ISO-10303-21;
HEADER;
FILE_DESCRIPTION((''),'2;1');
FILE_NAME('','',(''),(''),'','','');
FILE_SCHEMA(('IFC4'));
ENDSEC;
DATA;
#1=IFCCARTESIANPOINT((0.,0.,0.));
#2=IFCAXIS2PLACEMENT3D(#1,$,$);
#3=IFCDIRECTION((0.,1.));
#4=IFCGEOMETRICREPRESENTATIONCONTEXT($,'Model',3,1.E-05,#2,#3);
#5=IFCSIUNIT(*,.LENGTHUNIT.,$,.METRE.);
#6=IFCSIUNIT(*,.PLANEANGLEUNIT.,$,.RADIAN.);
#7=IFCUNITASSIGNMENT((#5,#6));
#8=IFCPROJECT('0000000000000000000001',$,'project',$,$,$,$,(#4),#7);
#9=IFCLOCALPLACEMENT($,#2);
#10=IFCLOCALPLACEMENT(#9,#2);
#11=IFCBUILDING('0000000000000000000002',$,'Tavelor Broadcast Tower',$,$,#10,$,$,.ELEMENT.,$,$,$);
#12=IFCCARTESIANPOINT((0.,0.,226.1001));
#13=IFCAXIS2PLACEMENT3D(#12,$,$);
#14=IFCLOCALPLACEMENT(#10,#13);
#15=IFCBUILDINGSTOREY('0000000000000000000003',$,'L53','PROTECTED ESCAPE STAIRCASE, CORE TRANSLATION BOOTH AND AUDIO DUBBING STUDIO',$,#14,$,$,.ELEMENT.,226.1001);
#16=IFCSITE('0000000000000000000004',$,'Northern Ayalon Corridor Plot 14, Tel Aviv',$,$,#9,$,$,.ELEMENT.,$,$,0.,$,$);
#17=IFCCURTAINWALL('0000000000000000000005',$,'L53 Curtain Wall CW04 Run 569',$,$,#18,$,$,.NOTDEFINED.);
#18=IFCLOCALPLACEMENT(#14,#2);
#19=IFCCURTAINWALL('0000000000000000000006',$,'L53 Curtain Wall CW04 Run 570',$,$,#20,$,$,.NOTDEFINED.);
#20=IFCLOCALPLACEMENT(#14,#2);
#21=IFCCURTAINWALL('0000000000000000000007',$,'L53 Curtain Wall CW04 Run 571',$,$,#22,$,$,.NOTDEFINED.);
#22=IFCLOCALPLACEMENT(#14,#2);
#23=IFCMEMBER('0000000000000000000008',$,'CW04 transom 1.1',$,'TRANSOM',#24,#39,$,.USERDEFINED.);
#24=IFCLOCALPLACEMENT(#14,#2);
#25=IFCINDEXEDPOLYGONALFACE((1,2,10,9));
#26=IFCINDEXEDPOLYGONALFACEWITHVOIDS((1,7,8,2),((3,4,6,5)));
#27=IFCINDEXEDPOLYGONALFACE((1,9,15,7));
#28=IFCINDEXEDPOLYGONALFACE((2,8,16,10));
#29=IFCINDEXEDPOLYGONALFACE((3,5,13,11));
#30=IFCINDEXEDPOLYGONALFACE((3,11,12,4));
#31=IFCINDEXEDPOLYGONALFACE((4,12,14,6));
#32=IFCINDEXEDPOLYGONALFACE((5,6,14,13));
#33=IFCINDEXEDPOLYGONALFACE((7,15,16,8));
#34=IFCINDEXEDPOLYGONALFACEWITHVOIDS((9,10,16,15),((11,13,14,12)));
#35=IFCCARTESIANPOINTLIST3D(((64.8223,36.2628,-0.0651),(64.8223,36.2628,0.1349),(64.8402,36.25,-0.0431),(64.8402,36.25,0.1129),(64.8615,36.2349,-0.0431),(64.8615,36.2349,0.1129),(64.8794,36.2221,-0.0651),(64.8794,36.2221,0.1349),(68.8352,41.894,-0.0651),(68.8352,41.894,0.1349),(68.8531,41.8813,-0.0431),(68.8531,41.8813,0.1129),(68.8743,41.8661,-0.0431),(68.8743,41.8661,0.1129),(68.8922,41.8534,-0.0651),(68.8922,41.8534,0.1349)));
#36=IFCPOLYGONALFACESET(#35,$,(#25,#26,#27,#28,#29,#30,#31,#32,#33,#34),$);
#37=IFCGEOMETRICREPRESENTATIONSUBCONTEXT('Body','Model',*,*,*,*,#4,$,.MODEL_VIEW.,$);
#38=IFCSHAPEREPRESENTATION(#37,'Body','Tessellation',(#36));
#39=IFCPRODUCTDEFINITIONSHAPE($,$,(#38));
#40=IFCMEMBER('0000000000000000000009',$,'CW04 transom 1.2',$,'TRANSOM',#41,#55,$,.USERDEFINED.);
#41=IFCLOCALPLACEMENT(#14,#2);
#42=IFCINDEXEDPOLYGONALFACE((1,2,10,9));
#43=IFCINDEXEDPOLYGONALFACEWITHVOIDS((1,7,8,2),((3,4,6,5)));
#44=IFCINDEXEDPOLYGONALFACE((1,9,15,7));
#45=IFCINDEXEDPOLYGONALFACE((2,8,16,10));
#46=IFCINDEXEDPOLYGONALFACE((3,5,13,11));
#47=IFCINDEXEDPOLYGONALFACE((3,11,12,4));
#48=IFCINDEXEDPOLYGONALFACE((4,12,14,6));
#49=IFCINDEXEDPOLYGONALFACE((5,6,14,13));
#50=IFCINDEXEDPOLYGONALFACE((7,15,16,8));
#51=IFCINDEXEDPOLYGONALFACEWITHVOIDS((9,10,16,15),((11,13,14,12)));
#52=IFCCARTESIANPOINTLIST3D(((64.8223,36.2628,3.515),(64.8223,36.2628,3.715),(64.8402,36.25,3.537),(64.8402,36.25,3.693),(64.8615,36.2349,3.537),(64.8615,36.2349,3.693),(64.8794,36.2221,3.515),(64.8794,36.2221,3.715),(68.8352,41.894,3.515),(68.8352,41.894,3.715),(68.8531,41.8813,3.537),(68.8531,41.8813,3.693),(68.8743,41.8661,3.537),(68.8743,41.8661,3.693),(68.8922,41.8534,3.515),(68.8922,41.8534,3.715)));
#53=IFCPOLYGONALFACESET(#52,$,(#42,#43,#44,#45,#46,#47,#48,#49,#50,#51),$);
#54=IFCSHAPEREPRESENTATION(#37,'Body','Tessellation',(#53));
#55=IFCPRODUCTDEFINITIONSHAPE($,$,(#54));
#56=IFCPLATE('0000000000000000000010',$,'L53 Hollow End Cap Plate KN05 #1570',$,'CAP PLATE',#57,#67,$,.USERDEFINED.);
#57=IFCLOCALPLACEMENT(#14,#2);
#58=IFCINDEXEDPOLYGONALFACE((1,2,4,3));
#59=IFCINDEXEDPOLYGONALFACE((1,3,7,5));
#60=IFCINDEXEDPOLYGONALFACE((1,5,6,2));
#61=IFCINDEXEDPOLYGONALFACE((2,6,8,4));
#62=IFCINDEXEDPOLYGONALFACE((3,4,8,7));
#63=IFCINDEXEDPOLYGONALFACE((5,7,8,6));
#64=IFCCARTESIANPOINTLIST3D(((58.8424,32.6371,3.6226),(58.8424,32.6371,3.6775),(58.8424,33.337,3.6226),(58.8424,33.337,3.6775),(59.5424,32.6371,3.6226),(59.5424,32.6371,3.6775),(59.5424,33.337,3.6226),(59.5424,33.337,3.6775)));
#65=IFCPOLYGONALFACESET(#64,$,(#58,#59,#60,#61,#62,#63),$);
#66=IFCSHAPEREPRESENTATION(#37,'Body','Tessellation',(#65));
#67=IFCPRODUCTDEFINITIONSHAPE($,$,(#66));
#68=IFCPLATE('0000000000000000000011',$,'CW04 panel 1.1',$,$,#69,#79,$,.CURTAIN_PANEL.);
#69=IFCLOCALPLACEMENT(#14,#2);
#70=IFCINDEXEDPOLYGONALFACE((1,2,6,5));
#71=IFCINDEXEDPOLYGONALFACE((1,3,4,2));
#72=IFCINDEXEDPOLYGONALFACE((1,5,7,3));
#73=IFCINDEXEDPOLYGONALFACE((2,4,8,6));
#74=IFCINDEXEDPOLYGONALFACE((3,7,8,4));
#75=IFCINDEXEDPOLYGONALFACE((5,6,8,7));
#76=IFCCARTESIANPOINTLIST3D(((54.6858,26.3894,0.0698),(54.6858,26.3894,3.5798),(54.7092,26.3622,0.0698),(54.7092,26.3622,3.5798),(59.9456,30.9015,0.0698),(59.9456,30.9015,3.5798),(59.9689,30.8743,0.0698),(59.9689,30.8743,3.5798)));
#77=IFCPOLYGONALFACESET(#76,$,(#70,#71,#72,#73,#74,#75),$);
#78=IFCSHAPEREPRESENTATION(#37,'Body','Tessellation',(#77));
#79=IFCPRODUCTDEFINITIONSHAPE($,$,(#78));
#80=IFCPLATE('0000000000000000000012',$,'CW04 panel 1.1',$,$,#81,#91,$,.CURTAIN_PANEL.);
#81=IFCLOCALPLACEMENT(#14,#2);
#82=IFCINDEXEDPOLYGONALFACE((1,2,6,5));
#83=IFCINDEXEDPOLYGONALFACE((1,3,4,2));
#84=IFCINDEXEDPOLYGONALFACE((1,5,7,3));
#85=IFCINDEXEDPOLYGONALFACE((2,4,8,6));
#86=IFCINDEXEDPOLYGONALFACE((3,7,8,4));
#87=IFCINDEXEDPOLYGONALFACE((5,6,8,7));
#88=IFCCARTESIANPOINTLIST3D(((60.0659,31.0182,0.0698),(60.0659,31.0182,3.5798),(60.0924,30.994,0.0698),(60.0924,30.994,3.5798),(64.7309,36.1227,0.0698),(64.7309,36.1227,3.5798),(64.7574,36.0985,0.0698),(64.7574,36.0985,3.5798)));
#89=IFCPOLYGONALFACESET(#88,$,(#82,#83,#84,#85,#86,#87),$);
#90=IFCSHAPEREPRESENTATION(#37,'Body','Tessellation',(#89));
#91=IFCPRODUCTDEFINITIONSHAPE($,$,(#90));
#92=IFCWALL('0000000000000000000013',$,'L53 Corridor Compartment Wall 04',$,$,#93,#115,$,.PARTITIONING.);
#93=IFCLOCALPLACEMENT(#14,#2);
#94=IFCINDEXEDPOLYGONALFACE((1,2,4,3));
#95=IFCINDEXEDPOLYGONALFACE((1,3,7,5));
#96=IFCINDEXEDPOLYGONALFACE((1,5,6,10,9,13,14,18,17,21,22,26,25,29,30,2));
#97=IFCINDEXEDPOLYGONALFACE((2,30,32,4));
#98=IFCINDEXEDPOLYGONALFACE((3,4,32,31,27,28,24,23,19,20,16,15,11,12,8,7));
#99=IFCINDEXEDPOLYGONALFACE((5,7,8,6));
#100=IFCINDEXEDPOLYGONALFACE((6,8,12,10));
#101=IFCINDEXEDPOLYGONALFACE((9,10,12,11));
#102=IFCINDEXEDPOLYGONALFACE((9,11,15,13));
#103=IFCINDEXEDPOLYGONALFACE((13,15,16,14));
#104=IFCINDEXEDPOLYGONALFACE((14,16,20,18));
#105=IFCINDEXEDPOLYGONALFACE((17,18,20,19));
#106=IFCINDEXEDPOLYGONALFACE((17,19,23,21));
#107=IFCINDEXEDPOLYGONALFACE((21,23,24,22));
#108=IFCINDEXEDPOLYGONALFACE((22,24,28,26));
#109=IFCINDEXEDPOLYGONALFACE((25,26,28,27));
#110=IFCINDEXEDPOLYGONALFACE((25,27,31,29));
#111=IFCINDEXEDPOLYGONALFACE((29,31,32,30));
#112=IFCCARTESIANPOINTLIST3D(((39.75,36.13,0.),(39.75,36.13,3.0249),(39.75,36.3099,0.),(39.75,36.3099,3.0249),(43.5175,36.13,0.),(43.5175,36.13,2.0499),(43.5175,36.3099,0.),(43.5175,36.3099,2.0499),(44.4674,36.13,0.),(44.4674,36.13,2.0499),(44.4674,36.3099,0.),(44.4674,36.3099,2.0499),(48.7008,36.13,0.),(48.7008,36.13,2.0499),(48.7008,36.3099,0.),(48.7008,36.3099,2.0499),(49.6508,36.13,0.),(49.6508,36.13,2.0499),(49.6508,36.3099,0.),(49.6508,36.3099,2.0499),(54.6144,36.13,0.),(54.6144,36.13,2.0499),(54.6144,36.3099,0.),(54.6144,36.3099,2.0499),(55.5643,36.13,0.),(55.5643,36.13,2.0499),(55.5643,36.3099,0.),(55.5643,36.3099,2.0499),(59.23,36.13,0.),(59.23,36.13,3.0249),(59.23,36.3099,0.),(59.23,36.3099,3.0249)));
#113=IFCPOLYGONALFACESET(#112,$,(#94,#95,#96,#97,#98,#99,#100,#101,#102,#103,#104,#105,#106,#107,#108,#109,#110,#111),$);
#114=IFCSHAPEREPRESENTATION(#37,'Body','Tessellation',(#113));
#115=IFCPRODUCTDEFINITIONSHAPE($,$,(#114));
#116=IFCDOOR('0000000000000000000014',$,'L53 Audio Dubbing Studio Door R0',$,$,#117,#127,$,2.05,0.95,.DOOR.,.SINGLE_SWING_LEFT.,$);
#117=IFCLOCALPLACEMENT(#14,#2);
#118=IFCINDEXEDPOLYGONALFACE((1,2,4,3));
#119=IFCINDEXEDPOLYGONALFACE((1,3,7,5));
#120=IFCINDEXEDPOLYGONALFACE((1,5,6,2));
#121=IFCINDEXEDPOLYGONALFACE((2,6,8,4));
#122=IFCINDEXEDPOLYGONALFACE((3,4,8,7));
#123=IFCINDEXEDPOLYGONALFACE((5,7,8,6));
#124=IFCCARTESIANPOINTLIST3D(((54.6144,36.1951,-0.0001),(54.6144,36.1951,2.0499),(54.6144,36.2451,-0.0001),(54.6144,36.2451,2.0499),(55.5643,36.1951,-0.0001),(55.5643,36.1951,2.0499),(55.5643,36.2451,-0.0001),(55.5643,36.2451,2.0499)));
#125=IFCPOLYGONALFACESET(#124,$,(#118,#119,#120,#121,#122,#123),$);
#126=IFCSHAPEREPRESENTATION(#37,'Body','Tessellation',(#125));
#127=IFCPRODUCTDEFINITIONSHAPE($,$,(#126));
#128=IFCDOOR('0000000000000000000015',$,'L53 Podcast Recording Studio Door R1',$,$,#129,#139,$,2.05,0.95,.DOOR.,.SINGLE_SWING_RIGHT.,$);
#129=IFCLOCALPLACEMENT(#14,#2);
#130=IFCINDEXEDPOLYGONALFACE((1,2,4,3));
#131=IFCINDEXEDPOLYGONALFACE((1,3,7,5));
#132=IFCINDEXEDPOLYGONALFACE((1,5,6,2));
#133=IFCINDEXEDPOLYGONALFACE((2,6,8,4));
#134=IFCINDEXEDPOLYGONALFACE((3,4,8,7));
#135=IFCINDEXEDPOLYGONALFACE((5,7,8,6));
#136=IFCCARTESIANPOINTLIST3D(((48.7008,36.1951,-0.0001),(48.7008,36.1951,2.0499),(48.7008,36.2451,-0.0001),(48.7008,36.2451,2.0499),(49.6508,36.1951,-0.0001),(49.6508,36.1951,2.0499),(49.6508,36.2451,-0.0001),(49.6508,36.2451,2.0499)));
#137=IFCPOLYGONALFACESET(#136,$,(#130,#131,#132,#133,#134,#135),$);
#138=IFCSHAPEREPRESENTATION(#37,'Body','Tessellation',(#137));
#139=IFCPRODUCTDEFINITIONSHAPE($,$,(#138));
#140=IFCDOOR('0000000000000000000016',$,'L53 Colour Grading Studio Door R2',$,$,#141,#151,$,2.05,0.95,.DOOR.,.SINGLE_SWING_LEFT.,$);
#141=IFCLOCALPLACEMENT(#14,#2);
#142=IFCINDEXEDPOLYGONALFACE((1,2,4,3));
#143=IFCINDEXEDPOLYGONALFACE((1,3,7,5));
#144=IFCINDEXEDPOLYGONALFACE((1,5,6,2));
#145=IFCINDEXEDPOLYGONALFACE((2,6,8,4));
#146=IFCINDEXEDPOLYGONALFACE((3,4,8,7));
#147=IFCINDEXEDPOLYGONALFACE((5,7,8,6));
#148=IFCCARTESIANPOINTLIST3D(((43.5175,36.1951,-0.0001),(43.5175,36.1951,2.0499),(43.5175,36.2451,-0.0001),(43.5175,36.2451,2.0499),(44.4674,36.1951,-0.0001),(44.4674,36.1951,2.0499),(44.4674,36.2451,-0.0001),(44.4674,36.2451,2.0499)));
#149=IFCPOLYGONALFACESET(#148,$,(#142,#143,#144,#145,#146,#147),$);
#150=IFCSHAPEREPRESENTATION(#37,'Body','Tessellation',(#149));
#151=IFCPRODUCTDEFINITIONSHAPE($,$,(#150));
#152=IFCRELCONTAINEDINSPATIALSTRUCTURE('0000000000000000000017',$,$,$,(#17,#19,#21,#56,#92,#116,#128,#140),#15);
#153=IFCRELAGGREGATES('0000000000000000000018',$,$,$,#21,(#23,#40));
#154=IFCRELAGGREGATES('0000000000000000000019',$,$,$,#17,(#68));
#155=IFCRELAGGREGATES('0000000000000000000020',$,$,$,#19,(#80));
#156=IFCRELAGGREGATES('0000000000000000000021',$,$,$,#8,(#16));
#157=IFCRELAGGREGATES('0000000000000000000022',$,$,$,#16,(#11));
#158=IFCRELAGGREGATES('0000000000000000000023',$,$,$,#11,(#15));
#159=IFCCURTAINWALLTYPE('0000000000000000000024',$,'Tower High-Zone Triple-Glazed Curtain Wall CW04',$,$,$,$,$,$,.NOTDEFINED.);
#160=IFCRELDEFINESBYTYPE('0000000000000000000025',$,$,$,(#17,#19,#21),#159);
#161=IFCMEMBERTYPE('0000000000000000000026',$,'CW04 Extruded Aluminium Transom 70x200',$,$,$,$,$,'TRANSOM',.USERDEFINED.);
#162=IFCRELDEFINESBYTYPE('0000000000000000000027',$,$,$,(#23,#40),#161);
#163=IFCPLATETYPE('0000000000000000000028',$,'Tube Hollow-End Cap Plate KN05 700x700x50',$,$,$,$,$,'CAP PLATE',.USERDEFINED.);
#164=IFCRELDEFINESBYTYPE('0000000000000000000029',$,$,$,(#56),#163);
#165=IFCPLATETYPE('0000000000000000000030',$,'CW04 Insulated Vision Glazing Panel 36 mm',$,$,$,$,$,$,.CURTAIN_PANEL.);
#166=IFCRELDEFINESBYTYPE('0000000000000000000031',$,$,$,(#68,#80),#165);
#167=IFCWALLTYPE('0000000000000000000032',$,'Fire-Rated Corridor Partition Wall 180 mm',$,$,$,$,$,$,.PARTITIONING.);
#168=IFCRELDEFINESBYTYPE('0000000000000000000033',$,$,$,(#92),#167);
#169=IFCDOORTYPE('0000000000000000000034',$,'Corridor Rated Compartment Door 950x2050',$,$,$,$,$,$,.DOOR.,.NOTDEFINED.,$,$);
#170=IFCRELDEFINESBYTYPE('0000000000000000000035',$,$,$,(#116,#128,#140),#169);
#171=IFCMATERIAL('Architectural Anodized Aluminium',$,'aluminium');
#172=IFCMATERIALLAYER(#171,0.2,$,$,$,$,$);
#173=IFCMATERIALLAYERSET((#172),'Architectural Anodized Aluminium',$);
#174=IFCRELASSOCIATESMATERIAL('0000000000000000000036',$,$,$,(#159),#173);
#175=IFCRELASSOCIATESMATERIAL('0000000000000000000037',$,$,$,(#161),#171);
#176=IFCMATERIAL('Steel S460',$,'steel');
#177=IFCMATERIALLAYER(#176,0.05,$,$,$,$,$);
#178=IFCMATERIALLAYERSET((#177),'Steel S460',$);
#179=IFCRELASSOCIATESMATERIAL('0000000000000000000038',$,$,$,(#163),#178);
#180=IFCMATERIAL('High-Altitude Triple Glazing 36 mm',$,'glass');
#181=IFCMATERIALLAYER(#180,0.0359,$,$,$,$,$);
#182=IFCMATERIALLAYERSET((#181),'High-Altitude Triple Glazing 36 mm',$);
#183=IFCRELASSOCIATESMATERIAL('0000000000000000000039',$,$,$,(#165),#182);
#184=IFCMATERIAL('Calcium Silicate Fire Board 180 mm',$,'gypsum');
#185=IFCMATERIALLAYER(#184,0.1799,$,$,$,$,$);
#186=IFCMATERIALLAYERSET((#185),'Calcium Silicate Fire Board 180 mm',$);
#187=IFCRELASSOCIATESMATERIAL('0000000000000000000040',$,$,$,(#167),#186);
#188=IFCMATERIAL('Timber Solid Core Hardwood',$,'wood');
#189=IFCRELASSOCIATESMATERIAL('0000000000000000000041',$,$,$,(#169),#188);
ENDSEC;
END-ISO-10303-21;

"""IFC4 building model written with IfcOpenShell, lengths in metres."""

from ifc_helpers import new_model, si_unit, direction, frame, frame_2d, origin, origin_2d, place, context, subcontext, project, spatial, rectangle, hollow_rectangle, extrude, source, transform, mapped, material, layer, layer_set, material_profile, profile_set, type_object, type_shapes, element, fill, aggregate, save


model = new_model("IFC4")

# Units and contexts
model_context = context("Model", 3, precision=1e-05, world=origin(), true_north=direction((0.0, 1.0)))
body_context = subcontext(model_context, "Body", "Model", "MODEL_VIEW")
ifc_project = project(units=[si_unit("LENGTHUNIT", "METRE"), si_unit("PLANEANGLEUNIT", "RADIAN")], contexts=[model_context])

# Site, building, storey
site_placement = place(None, origin())
site = spatial("IfcSite", under=ifc_project, at=site_placement, Name="Northern Ayalon Corridor Plot 14, Tel Aviv", CompositionType="ELEMENT", RefElevation=0.0)
building_placement = place(site_placement, origin())
building = spatial("IfcBuilding", under=site, at=building_placement, Name="Tavelor Broadcast Tower", CompositionType="ELEMENT")
storey_placement = place(building_placement, frame((0.0, 0.0, 226.1001)))
storey = spatial("IfcBuildingStorey", under=building, at=storey_placement, Name="L53", Description="PROTECTED ESCAPE STAIRCASE, CORE TRANSLATION BOOTH AND AUDIO DUBBING STUDIO", CompositionType="ELEMENT", Elevation=226.1001)

# Shared definitions
ifc_material_1 = material(Name="Steel S460", Category="steel")

# Curtain wall
ifc_material_2 = material(Name="Architectural Anodized Aluminium", Category="aluminium")
ifc_layer_1 = layer(ifc_material_2, 0.2)
ifc_layer_set_1 = layer_set([ifc_layer_1], Name="Architectural Anodized Aluminium")
curtain_wall_type = type_object("IfcCurtainWallType", Name="Tower High-Zone Triple-Glazed Curtain Wall CW04", PredefinedType="NOTDEFINED", material=ifc_layer_set_1)
curtain_wall_1_placement = place(storey_placement, origin())
curtain_wall_1 = element("IfcCurtainWall", 1, at=curtain_wall_1_placement, inside=storey, type_object=curtain_wall_type, Name="L53 Curtain Wall CW04 Run 569", PredefinedType="NOTDEFINED")

# Curtain wall
curtain_wall_2_placement = place(storey_placement, origin())
curtain_wall_2 = element("IfcCurtainWall", 2, at=curtain_wall_2_placement, inside=storey, type_object=curtain_wall_type, Name="L53 Curtain Wall CW04 Run 570", PredefinedType="NOTDEFINED")

# Curtain wall
curtain_wall_3_placement = place(storey_placement, origin())
curtain_wall_3 = element("IfcCurtainWall", 3, at=curtain_wall_3_placement, inside=storey, type_object=curtain_wall_type, Name="L53 Curtain Wall CW04 Run 571", PredefinedType="NOTDEFINED")

# Members
ifc_material_profile_1 = material_profile(ifc_material_2, hollow_rectangle(XDim=0.0701, YDim=0.2, WallThickness=0.022, at=origin_2d()), Name="RHS 70x200x22")
ifc_profile_set_1 = profile_set([ifc_material_profile_1], Name="Architectural Anodized Aluminium")
member_type_1 = type_object("IfcMemberType", Name="CW04 Extruded Aluminium Transom 70x200", ElementType="TRANSOM", PredefinedType="USERDEFINED", material=ifc_profile_set_1)
shared_shape_1 = source(origin(), body_context, "Body", "SweptSolid", [
    extrude(hollow_rectangle(XDim=0.0701, YDim=0.2, WallThickness=0.022, at=origin_2d()), origin(), (0.0, 0.0, 1.0), 6.9148),
])
type_shapes(member_type_1, [shared_shape_1])
member_1_placement = place(storey_placement, frame((64.8508, 36.2424, 0.0349), z_axis=(0.580333, 0.814379, 0.0), x_axis=(-0.814379, 0.580333, 0.0)))
member_1 = element("IfcMember", 4, at=member_1_placement, type_object=member_type_1, Name="CW04 transom 1.1", ObjectType="TRANSOM", PredefinedType="USERDEFINED", context=body_context, shape_type="MappedRepresentation", body=[
    mapped(shared_shape_1, transform((0.0, 0.0, 0.0), scale=1.0)),
])
member_2_placement = place(storey_placement, frame((64.8508, 36.2424, 3.615), z_axis=(0.580333, 0.814379, 0.0), x_axis=(-0.814379, 0.580333, 0.0)))
member_2 = element("IfcMember", 5, at=member_2_placement, type_object=member_type_1, Name="CW04 transom 1.2", ObjectType="TRANSOM", PredefinedType="USERDEFINED", context=body_context, shape_type="MappedRepresentation", body=[
    mapped(shared_shape_1, transform((0.0, 0.0, 0.0), scale=1.0)),
])
aggregate(curtain_wall_3, [member_1, member_2])

# Plates
ifc_layer_2 = layer(ifc_material_1, 0.05)
ifc_layer_set_2 = layer_set([ifc_layer_2], Name="Steel S460")
plate_type_1 = type_object("IfcPlateType", Name="Tube Hollow-End Cap Plate KN05 700x700x50", ElementType="CAP PLATE", PredefinedType="USERDEFINED", material=ifc_layer_set_2)
shared_shape_2 = source(origin(), body_context, "Body", "SweptSolid", [
    extrude(rectangle(XDim=0.7, YDim=0.7, at=origin_2d()), origin(), (0.0, 0.0, 1.0), 0.0549),
])
type_shapes(plate_type_1, [shared_shape_2])
plate_1_placement = place(storey_placement, frame((59.1924, 32.9871, 3.6226), z_axis=(0.0, 0.0, 1.0), x_axis=(1.0, 0.0, 0.0)))
element("IfcPlate", 6, at=plate_1_placement, inside=storey, type_object=plate_type_1, Name="L53 Hollow End Cap Plate KN05 #1570", ObjectType="CAP PLATE", PredefinedType="USERDEFINED", context=body_context, shape_type="MappedRepresentation", body=[
    mapped(shared_shape_2, transform((0.0, 0.0, 0.0), scale=1.0)),
])
ifc_material_3 = material(Name="High-Altitude Triple Glazing 36 mm", Category="glass")
ifc_layer_3 = layer(ifc_material_3, 0.0359)
ifc_layer_set_3 = layer_set([ifc_layer_3], Name="High-Altitude Triple Glazing 36 mm")
plate_type_2 = type_object("IfcPlateType", Name="CW04 Insulated Vision Glazing Panel 36 mm", PredefinedType="CURTAIN_PANEL", material=ifc_layer_set_3)
shared_shape_3 = source(origin(), body_context, "Body", "SweptSolid", [
    extrude(rectangle(XDim=6.9299, YDim=0.0359, at=origin_2d()), origin(), (0.0, 0.0, 1.0), 3.51),
])
plate_2_placement = place(storey_placement, frame((57.3274, 28.6318, 0.0698), z_axis=(0.0, 0.0, 1.0), x_axis=(0.758986, 0.651107, 0.0)))
plate_2 = element("IfcPlate", 7, at=plate_2_placement, type_object=plate_type_2, Name="CW04 panel 1.1", PredefinedType="CURTAIN_PANEL", context=body_context, shape_type="MappedRepresentation", body=[
    mapped(shared_shape_3, transform((0.0, 0.0, 0.0), scale=1.0)),
])
aggregate(curtain_wall_1, [plate_2])
shared_shape_4 = source(origin(), body_context, "Body", "SweptSolid", [
    extrude(rectangle(XDim=6.915, YDim=0.0359, at=origin_2d()), origin(), (0.0, 0.0, 1.0), 3.51),
])
type_shapes(plate_type_2, [shared_shape_3, shared_shape_4])
plate_3_placement = place(storey_placement, frame((62.4116, 33.5583, 0.0698), z_axis=(0.0, 0.0, 1.0), x_axis=(0.674621, 0.738165, 0.0)))
plate_3 = element("IfcPlate", 8, at=plate_3_placement, type_object=plate_type_2, Name="CW04 panel 1.1", PredefinedType="CURTAIN_PANEL", context=body_context, shape_type="MappedRepresentation", body=[
    mapped(shared_shape_4, transform((0.0, 0.0, 0.0), scale=1.0)),
])
aggregate(curtain_wall_2, [plate_3])

# Wall, openings, doors
ifc_material_4 = material(Name="Calcium Silicate Fire Board 180 mm", Category="gypsum")
ifc_layer_4 = layer(ifc_material_4, 0.1799)
ifc_layer_set_4 = layer_set([ifc_layer_4], Name="Calcium Silicate Fire Board 180 mm")
wall_type_1 = type_object("IfcWallType", Name="Fire-Rated Corridor Partition Wall 180 mm", PredefinedType="PARTITIONING", material=ifc_layer_set_4)
wall_1_placement = place(storey_placement, frame((59.23, 36.22, 0.0), z_axis=(0.0, 0.0, 1.0), x_axis=(-1.0, 0.0, 0.0)))
wall_1 = element("IfcWall", 9, at=wall_1_placement, inside=storey, type_object=wall_type_1, Name="L53 Corridor Compartment Wall 04", PredefinedType="PARTITIONING", context=body_context, shape_type="SweptSolid", body=[
    extrude(rectangle(XDim=19.48, YDim=0.1799, at=frame_2d((9.74, 0.0))), origin(), (0.0, 0.0, 1.0), 3.0249),
])
opening_1_placement = place(wall_1_placement, frame((3.6655, 0.0, 0.0)))
opening_1 = element("IfcOpeningElement", 10, at=opening_1_placement, cuts=wall_1, PredefinedType="OPENING", context=body_context, shape_type="SweptSolid", body=[
    extrude(rectangle(XDim=0.95, YDim=2.05, at=frame_2d((0.4751, 1.0249))), frame((0.0, 0.1001, 0.0), z_axis=(0.0, -1.0, 0.0), x_axis=(1.0, 0.0, 0.0)), (0.0, 0.0, 1.0), 0.2),
])
opening_2_placement = place(wall_1_placement, frame((9.5791, 0.0, 0.0)))
opening_2 = element("IfcOpeningElement", 11, at=opening_2_placement, cuts=wall_1, PredefinedType="OPENING", context=body_context, shape_type="SweptSolid", body=[
    extrude(rectangle(XDim=0.95, YDim=2.05, at=frame_2d((0.4751, 1.0249))), frame((0.0, 0.1001, 0.0), z_axis=(0.0, -1.0, 0.0), x_axis=(1.0, 0.0, 0.0)), (0.0, 0.0, 1.0), 0.2),
])
opening_3_placement = place(wall_1_placement, frame((14.7625, 0.0, 0.0)))
opening_3 = element("IfcOpeningElement", 12, at=opening_3_placement, cuts=wall_1, PredefinedType="OPENING", context=body_context, shape_type="SweptSolid", body=[
    extrude(rectangle(XDim=0.95, YDim=2.05, at=frame_2d((0.4751, 1.0249))), frame((0.0, 0.1001, 0.0), z_axis=(0.0, -1.0, 0.0), x_axis=(1.0, 0.0, 0.0)), (0.0, 0.0, 1.0), 0.2),
])
ifc_material_5 = material(Name="Timber Solid Core Hardwood", Category="wood")
door_type = type_object("IfcDoorType", Name="Corridor Rated Compartment Door 950x2050", OperationType="NOTDEFINED", PredefinedType="DOOR", material=ifc_material_5)
door_1_placement = place(opening_1_placement, origin())
door_1 = element("IfcDoor", 13, at=door_1_placement, inside=storey, type_object=door_type, Name="L53 Audio Dubbing Studio Door R0", OperationType="SINGLE_SWING_LEFT", OverallHeight=2.05, OverallWidth=0.95, PredefinedType="DOOR", context=body_context, shape_type="SweptSolid", body=[
    extrude(rectangle(XDim=0.95, YDim=2.05, at=frame_2d((0.4751, 1.0249))), frame((0.0, 0.0249, 0.0), z_axis=(0.0, -1.0, 0.0), x_axis=(1.0, 0.0, 0.0)), (0.0, 0.0, 1.0), 0.05),
])
fill(opening_1, door_1)
door_2_placement = place(opening_2_placement, origin())
door_2 = element("IfcDoor", 14, at=door_2_placement, inside=storey, type_object=door_type, Name="L53 Podcast Recording Studio Door R1", OperationType="SINGLE_SWING_RIGHT", OverallHeight=2.05, OverallWidth=0.95, PredefinedType="DOOR", context=body_context, shape_type="SweptSolid", body=[
    extrude(rectangle(XDim=0.95, YDim=2.05, at=frame_2d((0.4751, 1.0249))), frame((0.0, 0.0249, 0.0), z_axis=(0.0, -1.0, 0.0), x_axis=(1.0, 0.0, 0.0)), (0.0, 0.0, 1.0), 0.05),
])
fill(opening_2, door_2)
door_3_placement = place(opening_3_placement, origin())
door_3 = element("IfcDoor", 15, at=door_3_placement, inside=storey, type_object=door_type, Name="L53 Colour Grading Studio Door R2", OperationType="SINGLE_SWING_LEFT", OverallHeight=2.05, OverallWidth=0.95, PredefinedType="DOOR", context=body_context, shape_type="SweptSolid", body=[
    extrude(rectangle(XDim=0.95, YDim=2.05, at=frame_2d((0.4751, 1.0249))), frame((0.0, 0.0249, 0.0), z_axis=(0.0, -1.0, 0.0), x_axis=(1.0, 0.0, 0.0)), (0.0, 0.0, 1.0), 0.05),
])
fill(opening_3, door_3)

save(model, "model.ifc")
